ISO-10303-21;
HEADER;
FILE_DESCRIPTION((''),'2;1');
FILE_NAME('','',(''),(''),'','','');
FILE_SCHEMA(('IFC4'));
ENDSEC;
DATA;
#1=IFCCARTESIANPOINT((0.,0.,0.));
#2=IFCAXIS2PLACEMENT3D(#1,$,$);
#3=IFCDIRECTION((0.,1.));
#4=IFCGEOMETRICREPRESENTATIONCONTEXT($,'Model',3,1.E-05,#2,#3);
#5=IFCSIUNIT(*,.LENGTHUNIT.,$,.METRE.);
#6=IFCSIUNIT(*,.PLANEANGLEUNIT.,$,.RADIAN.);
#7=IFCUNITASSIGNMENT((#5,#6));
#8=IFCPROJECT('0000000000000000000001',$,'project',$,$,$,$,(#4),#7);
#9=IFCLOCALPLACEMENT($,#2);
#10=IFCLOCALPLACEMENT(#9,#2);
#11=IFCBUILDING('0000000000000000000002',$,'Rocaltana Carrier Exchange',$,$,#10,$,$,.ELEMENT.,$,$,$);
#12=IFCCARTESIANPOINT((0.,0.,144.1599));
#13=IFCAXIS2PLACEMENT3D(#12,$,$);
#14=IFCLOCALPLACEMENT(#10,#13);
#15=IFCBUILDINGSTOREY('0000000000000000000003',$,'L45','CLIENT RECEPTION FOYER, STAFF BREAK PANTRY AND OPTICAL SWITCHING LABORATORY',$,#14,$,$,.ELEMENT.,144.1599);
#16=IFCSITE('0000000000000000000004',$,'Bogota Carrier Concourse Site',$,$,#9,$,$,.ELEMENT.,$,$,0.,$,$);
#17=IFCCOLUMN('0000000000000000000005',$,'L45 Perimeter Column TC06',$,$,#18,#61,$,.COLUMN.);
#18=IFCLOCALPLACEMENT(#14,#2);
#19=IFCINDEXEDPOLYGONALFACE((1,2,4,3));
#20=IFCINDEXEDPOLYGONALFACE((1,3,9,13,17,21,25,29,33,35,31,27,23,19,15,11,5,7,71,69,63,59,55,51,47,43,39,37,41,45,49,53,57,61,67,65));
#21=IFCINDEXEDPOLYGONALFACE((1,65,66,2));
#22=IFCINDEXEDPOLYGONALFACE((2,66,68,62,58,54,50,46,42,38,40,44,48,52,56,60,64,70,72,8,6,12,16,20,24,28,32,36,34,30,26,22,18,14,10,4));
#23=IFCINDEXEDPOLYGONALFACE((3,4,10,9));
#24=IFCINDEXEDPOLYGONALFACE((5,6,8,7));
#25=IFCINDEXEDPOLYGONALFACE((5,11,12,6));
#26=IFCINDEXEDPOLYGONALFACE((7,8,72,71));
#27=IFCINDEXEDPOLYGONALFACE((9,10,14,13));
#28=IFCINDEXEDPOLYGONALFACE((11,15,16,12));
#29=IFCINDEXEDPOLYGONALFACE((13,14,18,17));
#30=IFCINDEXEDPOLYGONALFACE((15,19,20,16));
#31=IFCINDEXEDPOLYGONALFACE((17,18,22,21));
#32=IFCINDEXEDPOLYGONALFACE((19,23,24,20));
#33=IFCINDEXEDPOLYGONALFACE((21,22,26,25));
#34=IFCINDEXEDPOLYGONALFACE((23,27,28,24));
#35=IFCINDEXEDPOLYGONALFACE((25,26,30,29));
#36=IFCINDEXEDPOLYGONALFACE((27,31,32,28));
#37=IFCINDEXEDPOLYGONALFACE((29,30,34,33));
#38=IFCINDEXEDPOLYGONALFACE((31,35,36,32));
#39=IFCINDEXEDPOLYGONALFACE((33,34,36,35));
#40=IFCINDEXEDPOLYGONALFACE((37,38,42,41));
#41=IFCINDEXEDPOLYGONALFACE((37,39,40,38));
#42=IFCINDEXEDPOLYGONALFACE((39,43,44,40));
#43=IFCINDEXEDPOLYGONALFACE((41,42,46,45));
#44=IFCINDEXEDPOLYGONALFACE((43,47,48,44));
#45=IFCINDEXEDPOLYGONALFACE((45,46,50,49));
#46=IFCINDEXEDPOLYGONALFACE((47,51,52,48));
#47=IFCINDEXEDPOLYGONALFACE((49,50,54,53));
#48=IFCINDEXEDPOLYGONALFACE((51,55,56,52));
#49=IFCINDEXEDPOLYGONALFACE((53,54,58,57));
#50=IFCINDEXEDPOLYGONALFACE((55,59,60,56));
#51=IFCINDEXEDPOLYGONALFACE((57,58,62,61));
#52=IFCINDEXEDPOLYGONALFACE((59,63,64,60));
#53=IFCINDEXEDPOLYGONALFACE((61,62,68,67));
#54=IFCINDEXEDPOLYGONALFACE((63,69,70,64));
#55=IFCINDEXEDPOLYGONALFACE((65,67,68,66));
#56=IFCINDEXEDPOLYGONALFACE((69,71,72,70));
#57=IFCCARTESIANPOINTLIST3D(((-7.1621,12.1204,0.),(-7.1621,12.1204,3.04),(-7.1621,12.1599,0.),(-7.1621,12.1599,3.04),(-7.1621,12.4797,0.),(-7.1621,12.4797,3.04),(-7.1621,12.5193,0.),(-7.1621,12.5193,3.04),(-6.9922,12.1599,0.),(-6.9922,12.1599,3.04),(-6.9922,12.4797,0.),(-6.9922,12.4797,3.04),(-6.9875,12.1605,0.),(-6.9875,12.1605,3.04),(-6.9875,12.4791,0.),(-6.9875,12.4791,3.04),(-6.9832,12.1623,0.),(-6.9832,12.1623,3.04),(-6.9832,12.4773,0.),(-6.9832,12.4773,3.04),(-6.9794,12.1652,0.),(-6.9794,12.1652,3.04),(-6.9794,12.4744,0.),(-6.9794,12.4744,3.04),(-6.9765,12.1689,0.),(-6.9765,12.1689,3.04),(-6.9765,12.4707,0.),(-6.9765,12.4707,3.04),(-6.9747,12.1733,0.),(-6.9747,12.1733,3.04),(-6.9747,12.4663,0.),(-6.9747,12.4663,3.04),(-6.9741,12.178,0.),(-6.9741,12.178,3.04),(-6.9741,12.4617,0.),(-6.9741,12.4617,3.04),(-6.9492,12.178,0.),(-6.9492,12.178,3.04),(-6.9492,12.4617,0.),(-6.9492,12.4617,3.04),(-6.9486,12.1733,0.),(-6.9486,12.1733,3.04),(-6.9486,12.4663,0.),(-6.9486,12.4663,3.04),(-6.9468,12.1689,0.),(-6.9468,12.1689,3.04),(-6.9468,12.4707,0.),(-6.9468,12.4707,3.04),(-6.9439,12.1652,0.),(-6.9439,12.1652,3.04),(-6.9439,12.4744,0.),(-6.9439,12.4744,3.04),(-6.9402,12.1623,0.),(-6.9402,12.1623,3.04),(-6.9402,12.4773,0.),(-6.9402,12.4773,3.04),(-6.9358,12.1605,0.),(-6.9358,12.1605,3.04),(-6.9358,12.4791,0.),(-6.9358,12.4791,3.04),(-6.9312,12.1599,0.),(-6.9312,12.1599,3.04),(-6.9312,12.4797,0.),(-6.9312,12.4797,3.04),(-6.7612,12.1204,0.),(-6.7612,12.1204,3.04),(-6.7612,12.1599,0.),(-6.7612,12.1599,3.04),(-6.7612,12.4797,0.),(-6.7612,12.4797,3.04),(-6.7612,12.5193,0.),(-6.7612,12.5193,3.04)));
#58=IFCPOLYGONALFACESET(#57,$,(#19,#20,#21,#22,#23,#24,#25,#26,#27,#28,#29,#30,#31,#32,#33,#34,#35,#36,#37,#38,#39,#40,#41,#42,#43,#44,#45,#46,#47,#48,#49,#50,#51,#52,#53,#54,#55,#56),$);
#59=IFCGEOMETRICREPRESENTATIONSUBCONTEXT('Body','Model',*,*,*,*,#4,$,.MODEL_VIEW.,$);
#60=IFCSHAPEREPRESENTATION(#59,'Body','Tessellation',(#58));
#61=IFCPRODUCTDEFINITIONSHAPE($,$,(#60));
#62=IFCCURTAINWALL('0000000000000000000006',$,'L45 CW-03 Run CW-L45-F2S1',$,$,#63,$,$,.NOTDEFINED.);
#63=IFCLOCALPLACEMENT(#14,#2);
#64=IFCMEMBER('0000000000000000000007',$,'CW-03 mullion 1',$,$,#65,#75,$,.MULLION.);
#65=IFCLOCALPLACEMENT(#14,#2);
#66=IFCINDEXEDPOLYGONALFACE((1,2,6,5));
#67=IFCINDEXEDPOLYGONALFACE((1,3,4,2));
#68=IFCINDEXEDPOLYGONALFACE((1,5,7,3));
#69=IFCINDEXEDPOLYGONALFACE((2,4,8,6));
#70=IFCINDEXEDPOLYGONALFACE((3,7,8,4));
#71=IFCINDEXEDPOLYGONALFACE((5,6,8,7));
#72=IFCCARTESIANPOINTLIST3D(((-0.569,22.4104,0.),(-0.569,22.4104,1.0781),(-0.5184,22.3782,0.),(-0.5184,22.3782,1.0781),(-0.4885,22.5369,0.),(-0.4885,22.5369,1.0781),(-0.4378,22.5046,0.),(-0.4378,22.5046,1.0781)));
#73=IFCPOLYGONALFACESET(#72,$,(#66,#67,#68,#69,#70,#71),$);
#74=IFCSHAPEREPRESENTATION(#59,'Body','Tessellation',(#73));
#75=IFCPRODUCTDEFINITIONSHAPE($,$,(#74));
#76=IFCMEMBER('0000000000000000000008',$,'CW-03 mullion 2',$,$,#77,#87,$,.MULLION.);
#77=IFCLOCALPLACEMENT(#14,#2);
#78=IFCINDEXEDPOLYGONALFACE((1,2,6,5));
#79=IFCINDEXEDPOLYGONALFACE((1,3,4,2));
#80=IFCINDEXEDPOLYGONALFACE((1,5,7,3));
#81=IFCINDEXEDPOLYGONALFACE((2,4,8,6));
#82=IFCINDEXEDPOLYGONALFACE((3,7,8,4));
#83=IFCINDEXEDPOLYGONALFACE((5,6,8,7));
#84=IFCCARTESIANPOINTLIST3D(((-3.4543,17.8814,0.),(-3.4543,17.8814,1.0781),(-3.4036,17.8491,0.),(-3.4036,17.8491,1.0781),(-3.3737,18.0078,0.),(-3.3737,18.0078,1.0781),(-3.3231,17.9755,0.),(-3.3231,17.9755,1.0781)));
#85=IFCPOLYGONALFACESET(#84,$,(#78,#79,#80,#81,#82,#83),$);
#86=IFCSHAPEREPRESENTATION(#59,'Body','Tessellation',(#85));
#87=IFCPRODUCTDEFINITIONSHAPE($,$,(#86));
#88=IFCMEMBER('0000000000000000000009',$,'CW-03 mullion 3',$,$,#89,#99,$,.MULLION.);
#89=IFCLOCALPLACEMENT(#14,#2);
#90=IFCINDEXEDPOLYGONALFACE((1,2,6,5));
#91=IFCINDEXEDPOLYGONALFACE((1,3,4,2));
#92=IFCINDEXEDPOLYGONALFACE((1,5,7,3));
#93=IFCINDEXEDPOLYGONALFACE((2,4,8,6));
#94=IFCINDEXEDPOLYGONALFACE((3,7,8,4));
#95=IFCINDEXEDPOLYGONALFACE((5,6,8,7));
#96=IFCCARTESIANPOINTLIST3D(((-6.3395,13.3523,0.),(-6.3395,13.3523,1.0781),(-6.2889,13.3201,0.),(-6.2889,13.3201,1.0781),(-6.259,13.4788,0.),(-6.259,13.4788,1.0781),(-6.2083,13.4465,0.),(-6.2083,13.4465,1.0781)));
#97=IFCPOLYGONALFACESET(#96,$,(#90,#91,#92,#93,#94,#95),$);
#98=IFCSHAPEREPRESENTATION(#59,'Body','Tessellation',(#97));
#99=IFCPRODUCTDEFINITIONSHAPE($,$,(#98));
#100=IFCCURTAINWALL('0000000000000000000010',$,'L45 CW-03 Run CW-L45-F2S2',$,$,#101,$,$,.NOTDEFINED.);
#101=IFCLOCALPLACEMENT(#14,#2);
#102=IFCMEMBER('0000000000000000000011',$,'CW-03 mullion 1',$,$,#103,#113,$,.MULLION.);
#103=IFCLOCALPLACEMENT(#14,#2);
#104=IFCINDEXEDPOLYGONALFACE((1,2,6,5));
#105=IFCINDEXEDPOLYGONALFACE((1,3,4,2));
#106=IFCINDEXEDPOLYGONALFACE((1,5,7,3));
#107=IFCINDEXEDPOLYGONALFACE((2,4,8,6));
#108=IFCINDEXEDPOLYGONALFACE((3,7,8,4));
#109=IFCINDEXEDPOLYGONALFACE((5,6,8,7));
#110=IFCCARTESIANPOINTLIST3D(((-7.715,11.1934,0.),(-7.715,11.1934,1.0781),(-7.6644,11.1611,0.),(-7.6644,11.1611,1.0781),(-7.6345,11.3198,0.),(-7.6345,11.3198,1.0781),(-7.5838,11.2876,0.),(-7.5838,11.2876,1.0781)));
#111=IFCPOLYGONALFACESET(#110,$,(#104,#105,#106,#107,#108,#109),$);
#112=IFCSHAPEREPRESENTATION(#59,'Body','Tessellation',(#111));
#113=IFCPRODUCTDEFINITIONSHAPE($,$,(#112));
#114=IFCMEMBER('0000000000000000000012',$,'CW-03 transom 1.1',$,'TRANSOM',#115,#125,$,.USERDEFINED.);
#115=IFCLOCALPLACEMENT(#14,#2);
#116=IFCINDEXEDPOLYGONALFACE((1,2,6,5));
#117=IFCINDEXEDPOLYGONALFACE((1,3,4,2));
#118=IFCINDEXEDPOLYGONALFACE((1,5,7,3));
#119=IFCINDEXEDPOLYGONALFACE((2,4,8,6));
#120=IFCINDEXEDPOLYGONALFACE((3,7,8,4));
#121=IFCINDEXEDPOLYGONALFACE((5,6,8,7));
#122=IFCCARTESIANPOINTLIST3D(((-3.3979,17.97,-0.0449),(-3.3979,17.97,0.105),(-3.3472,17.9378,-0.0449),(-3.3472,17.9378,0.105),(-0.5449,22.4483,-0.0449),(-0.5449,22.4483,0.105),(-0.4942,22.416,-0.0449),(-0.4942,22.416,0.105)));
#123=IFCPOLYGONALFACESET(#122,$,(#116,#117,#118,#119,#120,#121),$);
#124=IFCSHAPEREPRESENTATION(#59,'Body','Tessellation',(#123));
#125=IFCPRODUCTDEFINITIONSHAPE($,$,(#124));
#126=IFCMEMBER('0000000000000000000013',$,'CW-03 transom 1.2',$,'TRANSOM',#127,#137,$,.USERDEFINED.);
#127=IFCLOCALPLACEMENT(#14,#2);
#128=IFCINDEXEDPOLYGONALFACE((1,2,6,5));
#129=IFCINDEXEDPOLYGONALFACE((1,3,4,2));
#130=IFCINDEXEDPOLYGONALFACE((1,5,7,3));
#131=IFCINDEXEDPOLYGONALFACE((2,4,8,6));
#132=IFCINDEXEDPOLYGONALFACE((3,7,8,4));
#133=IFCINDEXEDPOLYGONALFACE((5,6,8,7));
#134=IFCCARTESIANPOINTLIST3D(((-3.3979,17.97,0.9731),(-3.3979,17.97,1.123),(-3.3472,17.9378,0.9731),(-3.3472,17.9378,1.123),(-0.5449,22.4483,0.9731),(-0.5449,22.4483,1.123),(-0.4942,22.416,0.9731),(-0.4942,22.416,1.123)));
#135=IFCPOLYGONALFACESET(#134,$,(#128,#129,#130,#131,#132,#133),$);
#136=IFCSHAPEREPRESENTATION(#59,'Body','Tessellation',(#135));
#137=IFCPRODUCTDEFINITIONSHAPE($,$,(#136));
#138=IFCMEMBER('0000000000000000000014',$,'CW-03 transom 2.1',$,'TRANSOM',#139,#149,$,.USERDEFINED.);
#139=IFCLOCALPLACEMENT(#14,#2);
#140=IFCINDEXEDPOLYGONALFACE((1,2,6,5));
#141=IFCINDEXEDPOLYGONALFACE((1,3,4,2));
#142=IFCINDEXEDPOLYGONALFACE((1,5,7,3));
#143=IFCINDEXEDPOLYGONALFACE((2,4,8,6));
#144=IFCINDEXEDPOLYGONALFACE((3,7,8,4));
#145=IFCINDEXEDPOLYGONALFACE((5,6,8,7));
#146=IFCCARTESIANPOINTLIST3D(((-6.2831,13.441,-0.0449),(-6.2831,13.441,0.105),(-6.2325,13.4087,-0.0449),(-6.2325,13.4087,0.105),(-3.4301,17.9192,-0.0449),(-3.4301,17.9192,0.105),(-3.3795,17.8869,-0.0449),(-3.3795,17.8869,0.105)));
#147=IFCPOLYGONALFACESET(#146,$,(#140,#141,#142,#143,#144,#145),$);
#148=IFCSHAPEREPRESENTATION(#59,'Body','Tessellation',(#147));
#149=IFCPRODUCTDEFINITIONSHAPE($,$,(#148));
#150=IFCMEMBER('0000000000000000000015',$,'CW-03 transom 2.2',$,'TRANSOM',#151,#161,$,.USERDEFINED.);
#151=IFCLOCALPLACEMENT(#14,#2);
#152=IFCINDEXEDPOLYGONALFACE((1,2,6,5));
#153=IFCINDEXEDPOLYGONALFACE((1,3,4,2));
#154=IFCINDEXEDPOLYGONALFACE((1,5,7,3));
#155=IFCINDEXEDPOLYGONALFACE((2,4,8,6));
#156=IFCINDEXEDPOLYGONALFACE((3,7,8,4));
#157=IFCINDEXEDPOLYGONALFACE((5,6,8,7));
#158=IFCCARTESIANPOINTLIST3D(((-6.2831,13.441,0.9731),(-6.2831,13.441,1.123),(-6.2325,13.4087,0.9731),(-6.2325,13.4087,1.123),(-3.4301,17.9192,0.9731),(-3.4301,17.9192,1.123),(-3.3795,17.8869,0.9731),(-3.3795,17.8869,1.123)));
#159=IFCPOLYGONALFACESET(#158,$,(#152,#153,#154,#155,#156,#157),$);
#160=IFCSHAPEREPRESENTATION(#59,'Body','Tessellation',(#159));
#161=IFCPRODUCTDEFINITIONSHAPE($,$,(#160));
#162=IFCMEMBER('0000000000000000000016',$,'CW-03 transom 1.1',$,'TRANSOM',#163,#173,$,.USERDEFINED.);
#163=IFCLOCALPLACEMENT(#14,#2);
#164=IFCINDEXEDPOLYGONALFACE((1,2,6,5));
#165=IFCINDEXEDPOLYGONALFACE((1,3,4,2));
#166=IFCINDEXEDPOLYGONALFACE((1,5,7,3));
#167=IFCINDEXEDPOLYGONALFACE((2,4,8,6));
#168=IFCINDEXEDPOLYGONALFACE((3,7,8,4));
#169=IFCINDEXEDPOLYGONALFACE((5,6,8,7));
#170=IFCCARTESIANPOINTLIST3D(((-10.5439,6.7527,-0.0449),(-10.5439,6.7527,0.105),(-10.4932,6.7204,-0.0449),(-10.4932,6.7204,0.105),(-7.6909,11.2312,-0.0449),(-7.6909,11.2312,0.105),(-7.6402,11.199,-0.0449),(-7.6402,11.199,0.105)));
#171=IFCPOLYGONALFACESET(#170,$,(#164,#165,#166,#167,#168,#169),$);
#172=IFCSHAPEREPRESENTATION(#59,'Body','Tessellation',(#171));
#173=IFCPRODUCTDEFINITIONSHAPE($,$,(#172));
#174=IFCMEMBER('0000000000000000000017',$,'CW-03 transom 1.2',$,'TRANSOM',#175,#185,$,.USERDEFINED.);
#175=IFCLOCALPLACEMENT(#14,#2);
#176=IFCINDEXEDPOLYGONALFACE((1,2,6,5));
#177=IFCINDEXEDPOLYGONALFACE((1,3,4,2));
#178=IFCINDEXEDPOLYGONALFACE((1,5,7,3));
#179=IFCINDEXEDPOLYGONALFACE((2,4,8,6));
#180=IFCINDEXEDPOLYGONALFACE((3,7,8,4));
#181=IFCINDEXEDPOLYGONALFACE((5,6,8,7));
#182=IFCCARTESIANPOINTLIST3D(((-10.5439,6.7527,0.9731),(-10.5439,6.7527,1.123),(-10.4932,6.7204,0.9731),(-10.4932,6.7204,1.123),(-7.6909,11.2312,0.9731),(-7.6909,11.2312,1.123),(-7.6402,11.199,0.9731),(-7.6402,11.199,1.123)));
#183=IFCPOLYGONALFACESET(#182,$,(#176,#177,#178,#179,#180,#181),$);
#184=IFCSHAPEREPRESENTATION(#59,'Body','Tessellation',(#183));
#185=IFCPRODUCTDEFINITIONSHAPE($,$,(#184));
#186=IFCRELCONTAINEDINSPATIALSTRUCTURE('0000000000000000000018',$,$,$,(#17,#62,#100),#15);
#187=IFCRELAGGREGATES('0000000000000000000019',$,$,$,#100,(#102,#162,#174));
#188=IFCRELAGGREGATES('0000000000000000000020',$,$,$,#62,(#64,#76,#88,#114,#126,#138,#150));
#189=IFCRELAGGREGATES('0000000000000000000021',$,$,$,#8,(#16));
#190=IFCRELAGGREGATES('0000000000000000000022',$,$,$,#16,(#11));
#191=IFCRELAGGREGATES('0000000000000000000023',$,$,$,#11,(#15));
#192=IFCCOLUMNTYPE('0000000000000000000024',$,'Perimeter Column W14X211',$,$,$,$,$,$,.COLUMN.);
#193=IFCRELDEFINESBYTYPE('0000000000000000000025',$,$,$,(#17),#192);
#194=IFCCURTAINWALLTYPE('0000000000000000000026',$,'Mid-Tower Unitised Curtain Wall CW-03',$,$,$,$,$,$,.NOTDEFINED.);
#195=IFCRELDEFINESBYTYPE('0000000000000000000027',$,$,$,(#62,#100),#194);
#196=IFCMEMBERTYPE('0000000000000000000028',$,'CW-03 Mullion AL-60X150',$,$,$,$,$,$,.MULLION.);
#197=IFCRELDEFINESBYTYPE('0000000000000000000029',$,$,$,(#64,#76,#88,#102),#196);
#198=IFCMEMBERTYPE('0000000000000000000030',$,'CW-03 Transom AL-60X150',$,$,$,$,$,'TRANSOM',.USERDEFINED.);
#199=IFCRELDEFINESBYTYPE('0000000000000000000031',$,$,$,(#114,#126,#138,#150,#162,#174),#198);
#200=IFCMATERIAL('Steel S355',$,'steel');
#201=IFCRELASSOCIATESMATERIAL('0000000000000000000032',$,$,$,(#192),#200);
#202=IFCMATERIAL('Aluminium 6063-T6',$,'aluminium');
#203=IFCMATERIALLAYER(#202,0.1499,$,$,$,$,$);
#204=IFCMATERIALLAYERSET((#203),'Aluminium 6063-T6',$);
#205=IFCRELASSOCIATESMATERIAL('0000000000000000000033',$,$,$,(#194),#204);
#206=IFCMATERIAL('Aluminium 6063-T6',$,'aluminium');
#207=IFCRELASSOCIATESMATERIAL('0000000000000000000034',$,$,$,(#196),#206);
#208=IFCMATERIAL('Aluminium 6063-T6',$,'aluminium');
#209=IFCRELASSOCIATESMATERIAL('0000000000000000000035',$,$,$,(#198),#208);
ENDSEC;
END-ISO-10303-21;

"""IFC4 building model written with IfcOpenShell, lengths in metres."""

from ifc_helpers import new_model, si_unit, direction, frame, origin, origin_2d, place, context, subcontext, project, spatial, rectangle, i_section, extrude, material, layer, layer_set, material_profile, profile_set, type_object, element, aggregate, save


model = new_model("IFC4")

# Units and contexts
model_context = context("Model", 3, precision=1e-05, world=origin(), true_north=direction((0.0, 1.0)))
body_context = subcontext(model_context, "Body", "Model", "MODEL_VIEW")
ifc_project = project(units=[si_unit("LENGTHUNIT", "METRE"), si_unit("PLANEANGLEUNIT", "RADIAN")], contexts=[model_context])

# Site, building, storey
site_placement = place(None, origin())
site = spatial("IfcSite", under=ifc_project, at=site_placement, Name="Bogota Carrier Concourse Site", CompositionType="ELEMENT", RefElevation=0.0)
building_placement = place(site_placement, origin())
building = spatial("IfcBuilding", under=site, at=building_placement, Name="Rocaltana Carrier Exchange", CompositionType="ELEMENT")
storey_placement = place(building_placement, frame((0.0, 0.0, 144.1599)))
storey = spatial("IfcBuildingStorey", under=building, at=storey_placement, Name="L45", Description="CLIENT RECEPTION FOYER, STAFF BREAK PANTRY AND OPTICAL SWITCHING LABORATORY", CompositionType="ELEMENT", Elevation=144.1599)

# Column
ifc_material_1 = material(Name="Steel S355", Category="steel")
ifc_material_profile_1 = material_profile(ifc_material_1, i_section(OverallWidth=0.4009, OverallDepth=0.3989, WebThickness=0.0249, FlangeThickness=0.0396, FilletRadius=0.0181, at=origin_2d()), Name="W14X211")
ifc_profile_set_1 = profile_set([ifc_material_profile_1], Name="Steel S355")
column_type = type_object("IfcColumnType", Name="Perimeter Column W14X211", PredefinedType="COLUMN", material=ifc_profile_set_1)
column_placement = place(storey_placement, frame((-6.9617, 12.3198, 0.0), z_axis=(0.0, 0.0, 1.0), x_axis=(1.0, 0.0, 0.0)))
element("IfcColumn", 1, at=column_placement, inside=storey, type_object=column_type, Name="L45 Perimeter Column TC06", PredefinedType="COLUMN", context=body_context, shape_type="SweptSolid", body=[
    extrude(i_section(OverallWidth=0.4009, OverallDepth=0.3989, WebThickness=0.0249, FlangeThickness=0.0396, FilletRadius=0.0181, at=origin_2d()), origin(), (0.0, 0.0, 1.0), 3.04),
])

# Curtain wall, members
ifc_material_2 = material(Name="Aluminium 6063-T6", Category="aluminium")
ifc_layer_1 = layer(ifc_material_2, 0.1499)
ifc_layer_set_1 = layer_set([ifc_layer_1], Name="Aluminium 6063-T6")
curtain_wall_type = type_object("IfcCurtainWallType", Name="Mid-Tower Unitised Curtain Wall CW-03", PredefinedType="NOTDEFINED", material=ifc_layer_set_1)
curtain_wall_1_placement = place(storey_placement, origin())
curtain_wall_1 = element("IfcCurtainWall", 2, at=curtain_wall_1_placement, inside=storey, type_object=curtain_wall_type, Name="L45 CW-03 Run CW-L45-F2S1", PredefinedType="NOTDEFINED")
ifc_material_3 = material(Name="Aluminium 6063-T6", Category="aluminium")
ifc_material_profile_2 = material_profile(ifc_material_3, rectangle(XDim=0.0601, YDim=0.1499, at=origin_2d()), Name="AL-60X150")
ifc_profile_set_2 = profile_set([ifc_material_profile_2], Name="Aluminium 6063-T6")
member_type_1 = type_object("IfcMemberType", Name="CW-03 Mullion AL-60X150", PredefinedType="MULLION", material=ifc_profile_set_2)
member_1_placement = place(storey_placement, frame((-0.5034, 22.4575, 0.0), z_axis=(0.0, 0.0, 1.0), x_axis=(0.843391, -0.537301, 0.0)))
member_1 = element("IfcMember", 3, at=member_1_placement, type_object=member_type_1, Name="CW-03 mullion 1", PredefinedType="MULLION", context=body_context, shape_type="SweptSolid", body=[
    extrude(rectangle(XDim=0.0601, YDim=0.1499, at=origin_2d()), origin(), (0.0, 0.0, 1.0), 1.0781),
])
member_2_placement = place(storey_placement, frame((-3.3887, 17.9285, 0.0), z_axis=(0.0, 0.0, 1.0), x_axis=(0.843391, -0.537301, 0.0)))
member_2 = element("IfcMember", 4, at=member_2_placement, type_object=member_type_1, Name="CW-03 mullion 2", PredefinedType="MULLION", context=body_context, shape_type="SweptSolid", body=[
    extrude(rectangle(XDim=0.0601, YDim=0.1499, at=origin_2d()), origin(), (0.0, 0.0, 1.0), 1.0781),
])
member_3_placement = place(storey_placement, frame((-6.2739, 13.3994, 0.0), z_axis=(0.0, 0.0, 1.0), x_axis=(0.843391, -0.537301, 0.0)))
member_3 = element("IfcMember", 5, at=member_3_placement, type_object=member_type_1, Name="CW-03 mullion 3", PredefinedType="MULLION", context=body_context, shape_type="SweptSolid", body=[
    extrude(rectangle(XDim=0.0601, YDim=0.1499, at=origin_2d()), origin(), (0.0, 0.0, 1.0), 1.0781),
])

# Curtain wall, member
curtain_wall_2_placement = place(storey_placement, origin())
curtain_wall_2 = element("IfcCurtainWall", 6, at=curtain_wall_2_placement, inside=storey, type_object=curtain_wall_type, Name="L45 CW-03 Run CW-L45-F2S2", PredefinedType="NOTDEFINED")
member_4_placement = place(storey_placement, frame((-7.6494, 11.2405, 0.0), z_axis=(0.0, 0.0, 1.0), x_axis=(0.843391, -0.537301, 0.0)))
member_4 = element("IfcMember", 7, at=member_4_placement, type_object=member_type_1, Name="CW-03 mullion 1", PredefinedType="MULLION", context=body_context, shape_type="SweptSolid", body=[
    extrude(rectangle(XDim=0.0601, YDim=0.1499, at=origin_2d()), origin(), (0.0, 0.0, 1.0), 1.0781),
])

# Members
ifc_material_4 = material(Name="Aluminium 6063-T6", Category="aluminium")
ifc_material_profile_3 = material_profile(ifc_material_4, rectangle(XDim=0.0601, YDim=0.1499, at=origin_2d()), Name="AL-60X150")
ifc_profile_set_3 = profile_set([ifc_material_profile_3], Name="Aluminium 6063-T6")
member_type_2 = type_object("IfcMemberType", Name="CW-03 Transom AL-60X150", ElementType="TRANSOM", PredefinedType="USERDEFINED", material=ifc_profile_set_3)
member_5_placement = place(storey_placement, frame((-0.5195, 22.4321, 0.03), z_axis=(-0.537307, -0.843387, 0.0), x_axis=(0.843387, -0.537307, 0.0)))
member_5 = element("IfcMember", 8, at=member_5_placement, type_object=member_type_2, Name="CW-03 transom 1.1", ObjectType="TRANSOM", PredefinedType="USERDEFINED", context=body_context, shape_type="SweptSolid", body=[
    extrude(rectangle(XDim=0.0601, YDim=0.1499, at=origin_2d()), origin(), (0.0, 0.0, 1.0), 5.3098),
])
member_6_placement = place(storey_placement, frame((-0.5195, 22.4321, 1.0481), z_axis=(-0.537307, -0.843387, 0.0), x_axis=(0.843387, -0.537307, 0.0)))
member_6 = element("IfcMember", 9, at=member_6_placement, type_object=member_type_2, Name="CW-03 transom 1.2", ObjectType="TRANSOM", PredefinedType="USERDEFINED", context=body_context, shape_type="SweptSolid", body=[
    extrude(rectangle(XDim=0.0601, YDim=0.1499, at=origin_2d()), origin(), (0.0, 0.0, 1.0), 5.3098),
])
member_7_placement = place(storey_placement, frame((-3.4048, 17.9031, 0.03), z_axis=(-0.537307, -0.843387, 0.0), x_axis=(0.843387, -0.537307, 0.0)))
member_7 = element("IfcMember", 10, at=member_7_placement, type_object=member_type_2, Name="CW-03 transom 2.1", ObjectType="TRANSOM", PredefinedType="USERDEFINED", context=body_context, shape_type="SweptSolid", body=[
    extrude(rectangle(XDim=0.0601, YDim=0.1499, at=origin_2d()), origin(), (0.0, 0.0, 1.0), 5.3098),
])
member_8_placement = place(storey_placement, frame((-3.4048, 17.9031, 1.0481), z_axis=(-0.537307, -0.843387, 0.0), x_axis=(0.843387, -0.537307, 0.0)))
member_8 = element("IfcMember", 11, at=member_8_placement, type_object=member_type_2, Name="CW-03 transom 2.2", ObjectType="TRANSOM", PredefinedType="USERDEFINED", context=body_context, shape_type="SweptSolid", body=[
    extrude(rectangle(XDim=0.0601, YDim=0.1499, at=origin_2d()), origin(), (0.0, 0.0, 1.0), 5.3098),
])
member_9_placement = place(storey_placement, frame((-7.6655, 11.2151, 0.03), z_axis=(-0.537286, -0.8434, 0.0), x_axis=(0.8434, -0.537286, 0.0)))
member_9 = element("IfcMember", 12, at=member_9_placement, type_object=member_type_2, Name="CW-03 transom 1.1", ObjectType="TRANSOM", PredefinedType="USERDEFINED", context=body_context, shape_type="SweptSolid", body=[
    extrude(rectangle(XDim=0.0601, YDim=0.1499, at=origin_2d()), origin(), (0.0, 0.0, 1.0), 5.3101),
])
member_10_placement = place(storey_placement, frame((-7.6655, 11.2151, 1.0481), z_axis=(-0.537286, -0.8434, 0.0), x_axis=(0.8434, -0.537286, 0.0)))
member_10 = element("IfcMember", 13, at=member_10_placement, type_object=member_type_2, Name="CW-03 transom 1.2", ObjectType="TRANSOM", PredefinedType="USERDEFINED", context=body_context, shape_type="SweptSolid", body=[
    extrude(rectangle(XDim=0.0601, YDim=0.1499, at=origin_2d()), origin(), (0.0, 0.0, 1.0), 5.3101),
])
aggregate(curtain_wall_2, [member_4, member_9, member_10])

aggregate(curtain_wall_1, [member_1, member_2, member_3, member_5, member_6, member_7, member_8])

save(model, "model.ifc")
